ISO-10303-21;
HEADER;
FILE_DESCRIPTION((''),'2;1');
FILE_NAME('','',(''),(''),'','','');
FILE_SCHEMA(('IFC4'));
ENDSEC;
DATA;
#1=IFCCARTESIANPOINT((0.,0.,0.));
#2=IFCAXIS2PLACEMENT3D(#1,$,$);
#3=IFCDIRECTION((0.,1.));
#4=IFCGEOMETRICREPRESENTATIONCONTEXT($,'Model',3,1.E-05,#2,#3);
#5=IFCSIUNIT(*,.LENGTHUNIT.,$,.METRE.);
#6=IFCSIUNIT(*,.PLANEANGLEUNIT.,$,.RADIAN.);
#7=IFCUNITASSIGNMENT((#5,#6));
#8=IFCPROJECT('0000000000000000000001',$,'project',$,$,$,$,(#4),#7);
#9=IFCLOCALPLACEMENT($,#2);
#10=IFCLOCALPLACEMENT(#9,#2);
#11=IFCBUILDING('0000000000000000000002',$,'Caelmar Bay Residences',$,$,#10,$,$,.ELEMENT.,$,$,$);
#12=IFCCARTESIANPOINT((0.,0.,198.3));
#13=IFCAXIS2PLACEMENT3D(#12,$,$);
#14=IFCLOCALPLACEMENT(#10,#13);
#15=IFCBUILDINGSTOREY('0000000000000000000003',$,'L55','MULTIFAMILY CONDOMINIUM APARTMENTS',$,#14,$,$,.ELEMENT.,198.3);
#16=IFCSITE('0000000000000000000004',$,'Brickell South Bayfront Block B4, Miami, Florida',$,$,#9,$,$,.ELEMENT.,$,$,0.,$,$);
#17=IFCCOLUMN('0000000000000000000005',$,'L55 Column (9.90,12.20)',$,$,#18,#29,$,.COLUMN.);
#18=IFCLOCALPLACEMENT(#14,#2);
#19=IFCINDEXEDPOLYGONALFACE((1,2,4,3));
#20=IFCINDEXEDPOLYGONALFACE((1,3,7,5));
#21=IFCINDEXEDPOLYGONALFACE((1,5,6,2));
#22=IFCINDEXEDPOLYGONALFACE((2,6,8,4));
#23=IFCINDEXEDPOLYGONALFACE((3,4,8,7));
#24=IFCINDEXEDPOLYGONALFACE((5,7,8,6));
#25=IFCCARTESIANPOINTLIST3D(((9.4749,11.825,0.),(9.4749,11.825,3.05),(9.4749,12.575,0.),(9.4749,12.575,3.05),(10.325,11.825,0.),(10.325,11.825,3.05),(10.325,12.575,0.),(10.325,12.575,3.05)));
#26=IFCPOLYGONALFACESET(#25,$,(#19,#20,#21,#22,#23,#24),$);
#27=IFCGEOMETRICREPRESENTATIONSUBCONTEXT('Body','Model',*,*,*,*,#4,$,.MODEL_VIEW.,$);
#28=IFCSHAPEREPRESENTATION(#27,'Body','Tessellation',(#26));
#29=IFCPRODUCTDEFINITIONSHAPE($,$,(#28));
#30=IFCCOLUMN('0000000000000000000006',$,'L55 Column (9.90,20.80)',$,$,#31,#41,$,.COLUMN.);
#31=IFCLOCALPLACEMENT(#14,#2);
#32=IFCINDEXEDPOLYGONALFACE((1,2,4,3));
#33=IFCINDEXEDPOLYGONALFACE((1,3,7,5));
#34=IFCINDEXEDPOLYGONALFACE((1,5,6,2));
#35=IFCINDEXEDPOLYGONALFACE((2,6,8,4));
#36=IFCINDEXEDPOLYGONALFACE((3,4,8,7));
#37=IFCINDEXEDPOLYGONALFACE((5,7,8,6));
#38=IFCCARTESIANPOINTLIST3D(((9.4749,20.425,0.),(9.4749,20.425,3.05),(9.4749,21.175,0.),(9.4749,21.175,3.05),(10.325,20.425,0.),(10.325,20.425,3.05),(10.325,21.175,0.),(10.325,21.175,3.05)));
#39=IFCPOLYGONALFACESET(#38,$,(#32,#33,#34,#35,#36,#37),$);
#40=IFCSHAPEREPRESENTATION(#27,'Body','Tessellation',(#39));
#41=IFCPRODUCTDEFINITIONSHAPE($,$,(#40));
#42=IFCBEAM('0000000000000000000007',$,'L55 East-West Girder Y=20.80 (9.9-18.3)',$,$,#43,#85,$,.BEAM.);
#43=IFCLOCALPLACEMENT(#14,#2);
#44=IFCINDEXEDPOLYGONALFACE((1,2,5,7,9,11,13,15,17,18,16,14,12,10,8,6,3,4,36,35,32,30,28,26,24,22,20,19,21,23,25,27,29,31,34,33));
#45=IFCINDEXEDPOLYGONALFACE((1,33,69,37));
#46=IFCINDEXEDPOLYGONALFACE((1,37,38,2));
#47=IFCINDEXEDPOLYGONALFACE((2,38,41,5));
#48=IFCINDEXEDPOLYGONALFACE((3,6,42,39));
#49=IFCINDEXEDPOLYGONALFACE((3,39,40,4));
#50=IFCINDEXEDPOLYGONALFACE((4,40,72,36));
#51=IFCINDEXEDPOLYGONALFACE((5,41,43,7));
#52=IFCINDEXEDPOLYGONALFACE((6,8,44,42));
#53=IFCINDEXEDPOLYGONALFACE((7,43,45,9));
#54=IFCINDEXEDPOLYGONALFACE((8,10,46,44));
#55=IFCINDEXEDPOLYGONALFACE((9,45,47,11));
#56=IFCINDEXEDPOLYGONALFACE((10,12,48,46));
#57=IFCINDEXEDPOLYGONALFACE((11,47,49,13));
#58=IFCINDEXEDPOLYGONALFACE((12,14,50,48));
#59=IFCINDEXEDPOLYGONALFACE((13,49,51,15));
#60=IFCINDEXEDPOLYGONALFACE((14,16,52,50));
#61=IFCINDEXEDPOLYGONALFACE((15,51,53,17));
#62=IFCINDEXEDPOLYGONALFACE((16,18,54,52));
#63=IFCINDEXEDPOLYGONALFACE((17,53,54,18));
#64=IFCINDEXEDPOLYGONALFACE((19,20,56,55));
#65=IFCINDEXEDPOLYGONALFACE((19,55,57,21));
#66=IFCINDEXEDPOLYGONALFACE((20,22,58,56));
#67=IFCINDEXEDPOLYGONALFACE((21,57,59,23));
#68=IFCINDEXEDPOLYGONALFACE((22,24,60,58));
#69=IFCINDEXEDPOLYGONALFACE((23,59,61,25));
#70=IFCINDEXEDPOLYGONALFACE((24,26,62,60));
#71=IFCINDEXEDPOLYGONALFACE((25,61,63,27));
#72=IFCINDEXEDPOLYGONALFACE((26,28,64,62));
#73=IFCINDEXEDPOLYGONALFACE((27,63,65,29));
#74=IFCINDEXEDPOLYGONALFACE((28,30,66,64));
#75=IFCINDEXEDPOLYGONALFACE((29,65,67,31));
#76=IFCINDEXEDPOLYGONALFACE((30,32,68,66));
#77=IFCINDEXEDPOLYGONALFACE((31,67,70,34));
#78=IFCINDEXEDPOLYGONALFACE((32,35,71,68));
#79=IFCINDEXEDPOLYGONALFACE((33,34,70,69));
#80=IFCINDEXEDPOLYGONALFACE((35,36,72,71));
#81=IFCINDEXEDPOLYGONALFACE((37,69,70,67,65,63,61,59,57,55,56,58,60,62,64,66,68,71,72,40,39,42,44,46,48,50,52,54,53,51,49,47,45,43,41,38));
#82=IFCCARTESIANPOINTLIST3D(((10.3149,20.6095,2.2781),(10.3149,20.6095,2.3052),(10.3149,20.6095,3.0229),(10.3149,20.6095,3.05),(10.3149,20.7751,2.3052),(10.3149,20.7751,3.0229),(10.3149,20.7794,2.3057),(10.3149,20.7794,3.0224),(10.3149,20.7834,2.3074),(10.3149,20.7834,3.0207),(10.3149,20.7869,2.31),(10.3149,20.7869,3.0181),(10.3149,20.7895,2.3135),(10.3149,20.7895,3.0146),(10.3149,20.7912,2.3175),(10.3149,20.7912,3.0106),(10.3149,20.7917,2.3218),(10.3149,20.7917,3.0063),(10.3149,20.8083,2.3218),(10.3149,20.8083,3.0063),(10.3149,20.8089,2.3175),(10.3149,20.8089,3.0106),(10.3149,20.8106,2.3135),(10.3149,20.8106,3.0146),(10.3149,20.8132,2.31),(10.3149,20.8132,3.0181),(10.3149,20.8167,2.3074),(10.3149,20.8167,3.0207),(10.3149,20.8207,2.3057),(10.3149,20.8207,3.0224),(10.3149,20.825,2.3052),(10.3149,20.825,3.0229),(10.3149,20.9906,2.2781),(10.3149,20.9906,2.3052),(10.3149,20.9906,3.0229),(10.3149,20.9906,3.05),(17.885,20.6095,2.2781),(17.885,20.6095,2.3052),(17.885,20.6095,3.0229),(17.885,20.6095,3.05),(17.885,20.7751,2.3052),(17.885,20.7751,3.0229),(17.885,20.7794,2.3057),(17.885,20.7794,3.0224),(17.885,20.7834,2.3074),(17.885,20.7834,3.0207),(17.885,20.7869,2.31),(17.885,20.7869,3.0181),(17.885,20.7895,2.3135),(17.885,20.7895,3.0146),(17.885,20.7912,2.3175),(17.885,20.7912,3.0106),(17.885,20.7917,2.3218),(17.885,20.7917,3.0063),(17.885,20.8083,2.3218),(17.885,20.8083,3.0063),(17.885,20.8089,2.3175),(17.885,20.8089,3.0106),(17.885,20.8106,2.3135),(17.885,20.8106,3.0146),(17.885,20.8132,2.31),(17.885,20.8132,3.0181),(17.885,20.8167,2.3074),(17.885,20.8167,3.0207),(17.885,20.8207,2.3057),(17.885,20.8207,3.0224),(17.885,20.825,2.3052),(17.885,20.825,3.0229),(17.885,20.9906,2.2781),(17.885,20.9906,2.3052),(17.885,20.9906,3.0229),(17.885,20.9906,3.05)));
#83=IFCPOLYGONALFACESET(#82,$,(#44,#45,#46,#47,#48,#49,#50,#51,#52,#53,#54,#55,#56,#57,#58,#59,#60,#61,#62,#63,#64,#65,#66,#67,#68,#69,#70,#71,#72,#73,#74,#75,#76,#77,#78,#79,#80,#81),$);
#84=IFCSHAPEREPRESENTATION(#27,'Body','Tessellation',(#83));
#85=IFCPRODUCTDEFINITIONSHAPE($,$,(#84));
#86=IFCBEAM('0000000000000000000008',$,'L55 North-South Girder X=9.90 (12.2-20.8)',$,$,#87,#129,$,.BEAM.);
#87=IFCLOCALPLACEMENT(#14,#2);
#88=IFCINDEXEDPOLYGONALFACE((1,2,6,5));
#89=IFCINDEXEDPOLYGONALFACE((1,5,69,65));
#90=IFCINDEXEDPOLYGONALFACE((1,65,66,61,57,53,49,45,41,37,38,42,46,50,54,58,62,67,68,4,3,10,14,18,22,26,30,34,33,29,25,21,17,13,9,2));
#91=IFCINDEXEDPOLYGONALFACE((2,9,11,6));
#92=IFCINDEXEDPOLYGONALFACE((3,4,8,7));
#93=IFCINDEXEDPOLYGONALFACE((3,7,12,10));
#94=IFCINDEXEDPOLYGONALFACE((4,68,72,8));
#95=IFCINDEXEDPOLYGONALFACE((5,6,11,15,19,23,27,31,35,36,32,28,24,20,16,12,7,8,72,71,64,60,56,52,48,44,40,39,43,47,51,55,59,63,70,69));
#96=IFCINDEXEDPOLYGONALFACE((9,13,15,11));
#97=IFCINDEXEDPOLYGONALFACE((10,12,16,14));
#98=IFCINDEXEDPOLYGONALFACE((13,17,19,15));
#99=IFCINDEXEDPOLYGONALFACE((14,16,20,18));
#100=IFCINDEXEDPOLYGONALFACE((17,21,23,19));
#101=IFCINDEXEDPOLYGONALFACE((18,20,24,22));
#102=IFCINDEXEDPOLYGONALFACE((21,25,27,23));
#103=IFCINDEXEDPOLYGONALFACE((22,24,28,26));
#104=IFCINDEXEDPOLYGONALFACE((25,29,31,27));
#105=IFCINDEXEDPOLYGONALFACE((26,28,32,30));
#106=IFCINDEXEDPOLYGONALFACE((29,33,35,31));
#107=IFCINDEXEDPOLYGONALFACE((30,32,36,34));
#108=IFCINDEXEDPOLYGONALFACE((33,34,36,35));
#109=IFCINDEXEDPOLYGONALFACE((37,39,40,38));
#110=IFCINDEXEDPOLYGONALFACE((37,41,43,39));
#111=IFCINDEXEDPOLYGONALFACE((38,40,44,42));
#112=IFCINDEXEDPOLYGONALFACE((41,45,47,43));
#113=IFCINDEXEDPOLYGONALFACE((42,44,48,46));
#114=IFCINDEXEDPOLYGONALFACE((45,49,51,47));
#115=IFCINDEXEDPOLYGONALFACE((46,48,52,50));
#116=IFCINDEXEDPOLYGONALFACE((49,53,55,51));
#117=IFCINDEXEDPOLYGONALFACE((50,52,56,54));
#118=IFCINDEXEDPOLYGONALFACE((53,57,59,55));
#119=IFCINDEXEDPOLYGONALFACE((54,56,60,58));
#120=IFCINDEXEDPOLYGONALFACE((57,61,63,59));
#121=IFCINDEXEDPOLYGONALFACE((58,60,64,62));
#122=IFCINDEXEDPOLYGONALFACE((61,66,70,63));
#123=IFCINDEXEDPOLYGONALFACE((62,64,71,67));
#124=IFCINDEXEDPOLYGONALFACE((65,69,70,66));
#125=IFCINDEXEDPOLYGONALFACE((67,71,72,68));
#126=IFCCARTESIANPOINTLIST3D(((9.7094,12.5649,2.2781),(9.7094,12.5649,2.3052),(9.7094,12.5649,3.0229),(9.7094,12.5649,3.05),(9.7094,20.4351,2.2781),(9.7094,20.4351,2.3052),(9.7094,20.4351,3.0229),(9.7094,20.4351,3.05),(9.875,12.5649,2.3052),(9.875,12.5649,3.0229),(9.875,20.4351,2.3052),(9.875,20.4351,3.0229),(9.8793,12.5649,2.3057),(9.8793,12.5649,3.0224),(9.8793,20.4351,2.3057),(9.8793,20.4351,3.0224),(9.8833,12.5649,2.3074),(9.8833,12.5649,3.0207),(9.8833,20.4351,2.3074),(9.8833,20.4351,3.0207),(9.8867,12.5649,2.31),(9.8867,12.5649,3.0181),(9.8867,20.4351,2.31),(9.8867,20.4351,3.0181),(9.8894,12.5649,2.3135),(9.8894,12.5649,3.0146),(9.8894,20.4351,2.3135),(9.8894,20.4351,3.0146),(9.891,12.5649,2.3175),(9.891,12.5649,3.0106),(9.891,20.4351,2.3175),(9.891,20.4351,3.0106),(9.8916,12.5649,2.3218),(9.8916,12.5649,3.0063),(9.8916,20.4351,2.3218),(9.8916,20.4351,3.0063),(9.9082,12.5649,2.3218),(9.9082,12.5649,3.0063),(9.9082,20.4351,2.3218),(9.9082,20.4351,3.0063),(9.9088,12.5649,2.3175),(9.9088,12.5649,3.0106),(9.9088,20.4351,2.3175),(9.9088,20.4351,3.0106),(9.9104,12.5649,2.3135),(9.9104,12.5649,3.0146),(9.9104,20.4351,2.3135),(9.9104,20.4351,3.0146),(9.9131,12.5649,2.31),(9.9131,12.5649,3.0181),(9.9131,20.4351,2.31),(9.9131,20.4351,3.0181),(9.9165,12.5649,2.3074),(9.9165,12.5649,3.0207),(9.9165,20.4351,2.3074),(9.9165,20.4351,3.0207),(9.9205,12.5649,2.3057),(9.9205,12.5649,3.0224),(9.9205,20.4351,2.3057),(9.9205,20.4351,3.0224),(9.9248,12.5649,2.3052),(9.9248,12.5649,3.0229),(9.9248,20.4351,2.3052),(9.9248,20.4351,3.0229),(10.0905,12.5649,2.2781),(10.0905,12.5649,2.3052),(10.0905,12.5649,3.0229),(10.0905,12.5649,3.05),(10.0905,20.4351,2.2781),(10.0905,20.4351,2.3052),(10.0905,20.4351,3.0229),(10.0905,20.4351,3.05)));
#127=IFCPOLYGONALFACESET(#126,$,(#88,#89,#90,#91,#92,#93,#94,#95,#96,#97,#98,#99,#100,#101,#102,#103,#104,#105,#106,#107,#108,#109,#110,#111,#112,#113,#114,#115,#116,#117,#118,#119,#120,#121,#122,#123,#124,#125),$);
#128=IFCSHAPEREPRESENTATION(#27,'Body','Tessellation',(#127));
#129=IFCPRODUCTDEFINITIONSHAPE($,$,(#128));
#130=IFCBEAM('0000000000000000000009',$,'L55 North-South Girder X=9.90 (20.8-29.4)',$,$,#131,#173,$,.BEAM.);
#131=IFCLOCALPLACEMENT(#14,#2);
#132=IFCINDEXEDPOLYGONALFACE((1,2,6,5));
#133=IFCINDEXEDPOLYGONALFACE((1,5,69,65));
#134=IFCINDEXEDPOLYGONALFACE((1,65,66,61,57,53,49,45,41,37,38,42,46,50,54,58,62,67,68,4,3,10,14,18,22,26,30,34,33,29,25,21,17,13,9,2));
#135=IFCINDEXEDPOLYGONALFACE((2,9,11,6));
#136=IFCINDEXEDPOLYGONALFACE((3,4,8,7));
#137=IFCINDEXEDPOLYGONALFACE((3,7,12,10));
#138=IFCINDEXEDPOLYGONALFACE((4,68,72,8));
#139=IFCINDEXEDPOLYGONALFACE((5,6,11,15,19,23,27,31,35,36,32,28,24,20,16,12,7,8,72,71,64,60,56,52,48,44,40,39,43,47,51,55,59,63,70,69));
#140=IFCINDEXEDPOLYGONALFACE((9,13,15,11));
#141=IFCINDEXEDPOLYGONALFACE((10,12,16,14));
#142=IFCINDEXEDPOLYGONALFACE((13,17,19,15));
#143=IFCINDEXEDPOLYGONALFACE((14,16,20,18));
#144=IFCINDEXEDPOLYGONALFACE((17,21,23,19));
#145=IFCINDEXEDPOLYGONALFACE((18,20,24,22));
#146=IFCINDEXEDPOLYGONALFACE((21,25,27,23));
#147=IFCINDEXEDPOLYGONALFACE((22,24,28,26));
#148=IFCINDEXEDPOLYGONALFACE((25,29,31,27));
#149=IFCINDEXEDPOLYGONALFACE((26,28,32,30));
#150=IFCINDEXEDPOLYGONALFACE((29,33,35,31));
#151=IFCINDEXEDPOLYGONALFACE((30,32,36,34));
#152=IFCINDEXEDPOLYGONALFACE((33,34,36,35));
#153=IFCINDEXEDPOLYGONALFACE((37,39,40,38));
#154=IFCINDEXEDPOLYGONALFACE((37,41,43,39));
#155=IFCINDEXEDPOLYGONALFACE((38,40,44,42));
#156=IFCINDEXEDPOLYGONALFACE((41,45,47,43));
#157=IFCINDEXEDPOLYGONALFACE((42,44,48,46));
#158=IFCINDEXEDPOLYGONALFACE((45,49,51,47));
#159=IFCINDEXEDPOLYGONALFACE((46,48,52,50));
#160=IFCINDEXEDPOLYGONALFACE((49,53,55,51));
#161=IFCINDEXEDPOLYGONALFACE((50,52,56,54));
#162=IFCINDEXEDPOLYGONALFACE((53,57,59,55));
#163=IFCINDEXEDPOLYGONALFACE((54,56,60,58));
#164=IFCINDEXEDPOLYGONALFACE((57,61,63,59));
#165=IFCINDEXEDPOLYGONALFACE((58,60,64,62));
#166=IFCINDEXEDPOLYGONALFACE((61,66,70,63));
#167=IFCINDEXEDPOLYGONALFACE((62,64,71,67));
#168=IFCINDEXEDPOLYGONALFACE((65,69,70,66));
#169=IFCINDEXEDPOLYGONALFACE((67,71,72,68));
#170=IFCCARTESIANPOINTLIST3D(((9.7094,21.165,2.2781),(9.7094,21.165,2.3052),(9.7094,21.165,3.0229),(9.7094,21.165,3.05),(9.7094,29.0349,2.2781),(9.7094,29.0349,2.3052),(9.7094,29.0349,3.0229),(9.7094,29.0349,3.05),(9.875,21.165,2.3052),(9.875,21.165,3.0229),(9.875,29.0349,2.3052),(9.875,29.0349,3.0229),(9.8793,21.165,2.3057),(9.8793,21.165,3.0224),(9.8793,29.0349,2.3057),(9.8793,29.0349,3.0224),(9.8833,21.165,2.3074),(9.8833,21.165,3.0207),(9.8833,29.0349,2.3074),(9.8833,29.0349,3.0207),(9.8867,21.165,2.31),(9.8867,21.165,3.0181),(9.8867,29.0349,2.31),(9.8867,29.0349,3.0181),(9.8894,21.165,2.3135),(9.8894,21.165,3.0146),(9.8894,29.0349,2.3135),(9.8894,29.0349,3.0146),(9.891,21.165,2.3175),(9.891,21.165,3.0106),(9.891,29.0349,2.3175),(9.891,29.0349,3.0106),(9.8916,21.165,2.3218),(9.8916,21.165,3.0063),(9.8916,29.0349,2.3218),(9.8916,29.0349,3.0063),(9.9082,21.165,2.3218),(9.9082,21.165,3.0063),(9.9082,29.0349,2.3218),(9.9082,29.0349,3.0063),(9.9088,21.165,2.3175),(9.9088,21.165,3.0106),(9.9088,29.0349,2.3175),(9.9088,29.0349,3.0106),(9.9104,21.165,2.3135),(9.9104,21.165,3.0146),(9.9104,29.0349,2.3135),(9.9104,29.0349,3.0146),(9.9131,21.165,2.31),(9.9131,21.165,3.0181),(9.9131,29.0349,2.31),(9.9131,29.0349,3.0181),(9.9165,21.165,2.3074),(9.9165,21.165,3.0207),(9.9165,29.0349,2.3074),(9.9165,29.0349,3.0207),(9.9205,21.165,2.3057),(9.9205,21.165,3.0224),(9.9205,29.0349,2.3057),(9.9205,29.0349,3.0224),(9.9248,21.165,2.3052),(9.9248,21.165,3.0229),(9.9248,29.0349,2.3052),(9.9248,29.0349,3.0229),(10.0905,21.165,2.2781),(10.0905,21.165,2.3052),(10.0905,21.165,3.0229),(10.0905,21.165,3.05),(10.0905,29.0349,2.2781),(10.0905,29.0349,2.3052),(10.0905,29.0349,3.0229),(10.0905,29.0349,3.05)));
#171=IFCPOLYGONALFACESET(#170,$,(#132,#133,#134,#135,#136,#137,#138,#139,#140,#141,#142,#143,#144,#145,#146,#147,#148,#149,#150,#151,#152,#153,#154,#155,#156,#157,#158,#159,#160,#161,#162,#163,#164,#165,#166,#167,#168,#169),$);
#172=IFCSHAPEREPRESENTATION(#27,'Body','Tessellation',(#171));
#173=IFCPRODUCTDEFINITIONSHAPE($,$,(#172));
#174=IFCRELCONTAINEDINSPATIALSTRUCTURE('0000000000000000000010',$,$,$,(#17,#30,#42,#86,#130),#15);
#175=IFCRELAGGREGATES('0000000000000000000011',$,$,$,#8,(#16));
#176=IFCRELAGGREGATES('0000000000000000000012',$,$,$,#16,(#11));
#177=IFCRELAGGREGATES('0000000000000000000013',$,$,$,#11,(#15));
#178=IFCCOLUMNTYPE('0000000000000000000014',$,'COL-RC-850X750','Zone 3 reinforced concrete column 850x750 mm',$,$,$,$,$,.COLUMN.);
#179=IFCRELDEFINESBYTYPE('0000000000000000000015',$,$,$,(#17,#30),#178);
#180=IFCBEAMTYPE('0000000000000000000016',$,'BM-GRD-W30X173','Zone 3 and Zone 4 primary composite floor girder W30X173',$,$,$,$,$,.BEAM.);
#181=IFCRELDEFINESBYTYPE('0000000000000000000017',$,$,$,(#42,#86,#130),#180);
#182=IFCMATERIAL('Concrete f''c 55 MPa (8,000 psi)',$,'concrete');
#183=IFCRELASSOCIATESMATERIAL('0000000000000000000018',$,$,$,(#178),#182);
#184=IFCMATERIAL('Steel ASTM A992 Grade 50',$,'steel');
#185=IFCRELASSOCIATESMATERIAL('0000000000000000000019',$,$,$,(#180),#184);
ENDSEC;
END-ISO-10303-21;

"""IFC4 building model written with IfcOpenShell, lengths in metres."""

from ifc_helpers import new_model, si_unit, direction, frame, origin, origin_2d, place, context, subcontext, project, spatial, rectangle, i_section, extrude, material, material_profile, profile_set, type_object, element, save


model = new_model("IFC4")

# Units and contexts
model_context = context("Model", 3, precision=1e-05, world=origin(), true_north=direction((0.0, 1.0)))
body_context = subcontext(model_context, "Body", "Model", "MODEL_VIEW")
ifc_project = project(units=[si_unit("LENGTHUNIT", "METRE"), si_unit("PLANEANGLEUNIT", "RADIAN")], contexts=[model_context])

# Site, building, storey
site_placement = place(None, origin())
site = spatial("IfcSite", under=ifc_project, at=site_placement, Name="Brickell South Bayfront Block B4, Miami, Florida", CompositionType="ELEMENT", RefElevation=0.0)
building_placement = place(site_placement, origin())
building = spatial("IfcBuilding", under=site, at=building_placement, Name="Caelmar Bay Residences", CompositionType="ELEMENT")
storey_placement = place(building_placement, frame((0.0, 0.0, 198.3)))
storey = spatial("IfcBuildingStorey", under=building, at=storey_placement, Name="L55", Description="MULTIFAMILY CONDOMINIUM APARTMENTS", CompositionType="ELEMENT", Elevation=198.3)

# Columns
ifc_material_1 = material(Name="Concrete f'c 55 MPa (8,000 psi)", Category="concrete")
ifc_material_profile_1 = material_profile(ifc_material_1, rectangle(XDim=0.8501, YDim=0.75, at=origin_2d()), Name="RC-COL-850X750")
ifc_profile_set_1 = profile_set([ifc_material_profile_1], Name="Concrete f'c 55 MPa (8,000 psi)")
column_type = type_object("IfcColumnType", Name="COL-RC-850X750", Description="Zone 3 reinforced concrete column 850x750 mm", PredefinedType="COLUMN", material=ifc_profile_set_1)
for number, where, z_axis, x_axis, name in (
    (1, (9.8999, 12.2, 0.0), (0.0, 0.0, 1.0), (1.0, 0.0, 0.0), "L55 Column (9.90,12.20)"),
    (2, (9.8999, 20.8, 0.0), (0.0, 0.0, 1.0), (1.0, 0.0, 0.0), "L55 Column (9.90,20.80)"),
):
    element("IfcColumn", number, at=place(storey_placement, frame(where, z_axis=z_axis, x_axis=x_axis)), inside=storey, type_object=column_type, Name=name, PredefinedType="COLUMN", context=body_context, shape_type="SweptSolid", body=[
        extrude(rectangle(XDim=0.8501, YDim=0.75, at=origin_2d()), origin(), (0.0, 0.0, 1.0), 3.05),
    ])

# Beams
ifc_material_2 = material(Name="Steel ASTM A992 Grade 50", Category="steel")
ifc_material_profile_2 = material_profile(ifc_material_2, i_section(OverallWidth=0.3811, OverallDepth=0.772, WebThickness=0.0166, FlangeThickness=0.0271, FilletRadius=0.0166, at=origin_2d()), Name="W30X173")
ifc_profile_set_2 = profile_set([ifc_material_profile_2], Name="Steel ASTM A992 Grade 50")
beam_type_1 = type_object("IfcBeamType", Name="BM-GRD-W30X173", Description="Zone 3 and Zone 4 primary composite floor girder W30X173", PredefinedType="BEAM", material=ifc_profile_set_2)
beam_1_placement = place(storey_placement, frame((10.3149, 20.8, 2.6641), z_axis=(1.0, 0.0, 0.0), x_axis=(0.0, 1.0, 0.0)))
element("IfcBeam", 3, at=beam_1_placement, inside=storey, type_object=beam_type_1, Name="L55 East-West Girder Y=20.80 (9.9-18.3)", PredefinedType="BEAM", context=body_context, shape_type="SweptSolid", body=[
    extrude(i_section(OverallWidth=0.3811, OverallDepth=0.772, WebThickness=0.0166, FlangeThickness=0.0271, FilletRadius=0.0166, at=origin_2d()), origin(), (0.0, 0.0, 1.0), 7.5701),
])
beam_2_placement = place(storey_placement, frame((9.8999, 12.5649, 2.6641), z_axis=(0.0, 1.0, 0.0), x_axis=(-1.0, 0.0, 0.0)))
element("IfcBeam", 4, at=beam_2_placement, inside=storey, type_object=beam_type_1, Name="L55 North-South Girder X=9.90 (12.2-20.8)", PredefinedType="BEAM", context=body_context, shape_type="SweptSolid", body=[
    extrude(i_section(OverallWidth=0.3811, OverallDepth=0.772, WebThickness=0.0166, FlangeThickness=0.0271, FilletRadius=0.0166, at=origin_2d()), origin(), (0.0, 0.0, 1.0), 7.8701),
])
beam_3_placement = place(storey_placement, frame((9.8999, 21.165, 2.6641), z_axis=(0.0, 1.0, 0.0), x_axis=(-1.0, 0.0, 0.0)))
element("IfcBeam", 5, at=beam_3_placement, inside=storey, type_object=beam_type_1, Name="L55 North-South Girder X=9.90 (20.8-29.4)", PredefinedType="BEAM", context=body_context, shape_type="SweptSolid", body=[
    extrude(i_section(OverallWidth=0.3811, OverallDepth=0.772, WebThickness=0.0166, FlangeThickness=0.0271, FilletRadius=0.0166, at=origin_2d()), origin(), (0.0, 0.0, 1.0), 7.8699),
])

save(model, "model.ifc")
